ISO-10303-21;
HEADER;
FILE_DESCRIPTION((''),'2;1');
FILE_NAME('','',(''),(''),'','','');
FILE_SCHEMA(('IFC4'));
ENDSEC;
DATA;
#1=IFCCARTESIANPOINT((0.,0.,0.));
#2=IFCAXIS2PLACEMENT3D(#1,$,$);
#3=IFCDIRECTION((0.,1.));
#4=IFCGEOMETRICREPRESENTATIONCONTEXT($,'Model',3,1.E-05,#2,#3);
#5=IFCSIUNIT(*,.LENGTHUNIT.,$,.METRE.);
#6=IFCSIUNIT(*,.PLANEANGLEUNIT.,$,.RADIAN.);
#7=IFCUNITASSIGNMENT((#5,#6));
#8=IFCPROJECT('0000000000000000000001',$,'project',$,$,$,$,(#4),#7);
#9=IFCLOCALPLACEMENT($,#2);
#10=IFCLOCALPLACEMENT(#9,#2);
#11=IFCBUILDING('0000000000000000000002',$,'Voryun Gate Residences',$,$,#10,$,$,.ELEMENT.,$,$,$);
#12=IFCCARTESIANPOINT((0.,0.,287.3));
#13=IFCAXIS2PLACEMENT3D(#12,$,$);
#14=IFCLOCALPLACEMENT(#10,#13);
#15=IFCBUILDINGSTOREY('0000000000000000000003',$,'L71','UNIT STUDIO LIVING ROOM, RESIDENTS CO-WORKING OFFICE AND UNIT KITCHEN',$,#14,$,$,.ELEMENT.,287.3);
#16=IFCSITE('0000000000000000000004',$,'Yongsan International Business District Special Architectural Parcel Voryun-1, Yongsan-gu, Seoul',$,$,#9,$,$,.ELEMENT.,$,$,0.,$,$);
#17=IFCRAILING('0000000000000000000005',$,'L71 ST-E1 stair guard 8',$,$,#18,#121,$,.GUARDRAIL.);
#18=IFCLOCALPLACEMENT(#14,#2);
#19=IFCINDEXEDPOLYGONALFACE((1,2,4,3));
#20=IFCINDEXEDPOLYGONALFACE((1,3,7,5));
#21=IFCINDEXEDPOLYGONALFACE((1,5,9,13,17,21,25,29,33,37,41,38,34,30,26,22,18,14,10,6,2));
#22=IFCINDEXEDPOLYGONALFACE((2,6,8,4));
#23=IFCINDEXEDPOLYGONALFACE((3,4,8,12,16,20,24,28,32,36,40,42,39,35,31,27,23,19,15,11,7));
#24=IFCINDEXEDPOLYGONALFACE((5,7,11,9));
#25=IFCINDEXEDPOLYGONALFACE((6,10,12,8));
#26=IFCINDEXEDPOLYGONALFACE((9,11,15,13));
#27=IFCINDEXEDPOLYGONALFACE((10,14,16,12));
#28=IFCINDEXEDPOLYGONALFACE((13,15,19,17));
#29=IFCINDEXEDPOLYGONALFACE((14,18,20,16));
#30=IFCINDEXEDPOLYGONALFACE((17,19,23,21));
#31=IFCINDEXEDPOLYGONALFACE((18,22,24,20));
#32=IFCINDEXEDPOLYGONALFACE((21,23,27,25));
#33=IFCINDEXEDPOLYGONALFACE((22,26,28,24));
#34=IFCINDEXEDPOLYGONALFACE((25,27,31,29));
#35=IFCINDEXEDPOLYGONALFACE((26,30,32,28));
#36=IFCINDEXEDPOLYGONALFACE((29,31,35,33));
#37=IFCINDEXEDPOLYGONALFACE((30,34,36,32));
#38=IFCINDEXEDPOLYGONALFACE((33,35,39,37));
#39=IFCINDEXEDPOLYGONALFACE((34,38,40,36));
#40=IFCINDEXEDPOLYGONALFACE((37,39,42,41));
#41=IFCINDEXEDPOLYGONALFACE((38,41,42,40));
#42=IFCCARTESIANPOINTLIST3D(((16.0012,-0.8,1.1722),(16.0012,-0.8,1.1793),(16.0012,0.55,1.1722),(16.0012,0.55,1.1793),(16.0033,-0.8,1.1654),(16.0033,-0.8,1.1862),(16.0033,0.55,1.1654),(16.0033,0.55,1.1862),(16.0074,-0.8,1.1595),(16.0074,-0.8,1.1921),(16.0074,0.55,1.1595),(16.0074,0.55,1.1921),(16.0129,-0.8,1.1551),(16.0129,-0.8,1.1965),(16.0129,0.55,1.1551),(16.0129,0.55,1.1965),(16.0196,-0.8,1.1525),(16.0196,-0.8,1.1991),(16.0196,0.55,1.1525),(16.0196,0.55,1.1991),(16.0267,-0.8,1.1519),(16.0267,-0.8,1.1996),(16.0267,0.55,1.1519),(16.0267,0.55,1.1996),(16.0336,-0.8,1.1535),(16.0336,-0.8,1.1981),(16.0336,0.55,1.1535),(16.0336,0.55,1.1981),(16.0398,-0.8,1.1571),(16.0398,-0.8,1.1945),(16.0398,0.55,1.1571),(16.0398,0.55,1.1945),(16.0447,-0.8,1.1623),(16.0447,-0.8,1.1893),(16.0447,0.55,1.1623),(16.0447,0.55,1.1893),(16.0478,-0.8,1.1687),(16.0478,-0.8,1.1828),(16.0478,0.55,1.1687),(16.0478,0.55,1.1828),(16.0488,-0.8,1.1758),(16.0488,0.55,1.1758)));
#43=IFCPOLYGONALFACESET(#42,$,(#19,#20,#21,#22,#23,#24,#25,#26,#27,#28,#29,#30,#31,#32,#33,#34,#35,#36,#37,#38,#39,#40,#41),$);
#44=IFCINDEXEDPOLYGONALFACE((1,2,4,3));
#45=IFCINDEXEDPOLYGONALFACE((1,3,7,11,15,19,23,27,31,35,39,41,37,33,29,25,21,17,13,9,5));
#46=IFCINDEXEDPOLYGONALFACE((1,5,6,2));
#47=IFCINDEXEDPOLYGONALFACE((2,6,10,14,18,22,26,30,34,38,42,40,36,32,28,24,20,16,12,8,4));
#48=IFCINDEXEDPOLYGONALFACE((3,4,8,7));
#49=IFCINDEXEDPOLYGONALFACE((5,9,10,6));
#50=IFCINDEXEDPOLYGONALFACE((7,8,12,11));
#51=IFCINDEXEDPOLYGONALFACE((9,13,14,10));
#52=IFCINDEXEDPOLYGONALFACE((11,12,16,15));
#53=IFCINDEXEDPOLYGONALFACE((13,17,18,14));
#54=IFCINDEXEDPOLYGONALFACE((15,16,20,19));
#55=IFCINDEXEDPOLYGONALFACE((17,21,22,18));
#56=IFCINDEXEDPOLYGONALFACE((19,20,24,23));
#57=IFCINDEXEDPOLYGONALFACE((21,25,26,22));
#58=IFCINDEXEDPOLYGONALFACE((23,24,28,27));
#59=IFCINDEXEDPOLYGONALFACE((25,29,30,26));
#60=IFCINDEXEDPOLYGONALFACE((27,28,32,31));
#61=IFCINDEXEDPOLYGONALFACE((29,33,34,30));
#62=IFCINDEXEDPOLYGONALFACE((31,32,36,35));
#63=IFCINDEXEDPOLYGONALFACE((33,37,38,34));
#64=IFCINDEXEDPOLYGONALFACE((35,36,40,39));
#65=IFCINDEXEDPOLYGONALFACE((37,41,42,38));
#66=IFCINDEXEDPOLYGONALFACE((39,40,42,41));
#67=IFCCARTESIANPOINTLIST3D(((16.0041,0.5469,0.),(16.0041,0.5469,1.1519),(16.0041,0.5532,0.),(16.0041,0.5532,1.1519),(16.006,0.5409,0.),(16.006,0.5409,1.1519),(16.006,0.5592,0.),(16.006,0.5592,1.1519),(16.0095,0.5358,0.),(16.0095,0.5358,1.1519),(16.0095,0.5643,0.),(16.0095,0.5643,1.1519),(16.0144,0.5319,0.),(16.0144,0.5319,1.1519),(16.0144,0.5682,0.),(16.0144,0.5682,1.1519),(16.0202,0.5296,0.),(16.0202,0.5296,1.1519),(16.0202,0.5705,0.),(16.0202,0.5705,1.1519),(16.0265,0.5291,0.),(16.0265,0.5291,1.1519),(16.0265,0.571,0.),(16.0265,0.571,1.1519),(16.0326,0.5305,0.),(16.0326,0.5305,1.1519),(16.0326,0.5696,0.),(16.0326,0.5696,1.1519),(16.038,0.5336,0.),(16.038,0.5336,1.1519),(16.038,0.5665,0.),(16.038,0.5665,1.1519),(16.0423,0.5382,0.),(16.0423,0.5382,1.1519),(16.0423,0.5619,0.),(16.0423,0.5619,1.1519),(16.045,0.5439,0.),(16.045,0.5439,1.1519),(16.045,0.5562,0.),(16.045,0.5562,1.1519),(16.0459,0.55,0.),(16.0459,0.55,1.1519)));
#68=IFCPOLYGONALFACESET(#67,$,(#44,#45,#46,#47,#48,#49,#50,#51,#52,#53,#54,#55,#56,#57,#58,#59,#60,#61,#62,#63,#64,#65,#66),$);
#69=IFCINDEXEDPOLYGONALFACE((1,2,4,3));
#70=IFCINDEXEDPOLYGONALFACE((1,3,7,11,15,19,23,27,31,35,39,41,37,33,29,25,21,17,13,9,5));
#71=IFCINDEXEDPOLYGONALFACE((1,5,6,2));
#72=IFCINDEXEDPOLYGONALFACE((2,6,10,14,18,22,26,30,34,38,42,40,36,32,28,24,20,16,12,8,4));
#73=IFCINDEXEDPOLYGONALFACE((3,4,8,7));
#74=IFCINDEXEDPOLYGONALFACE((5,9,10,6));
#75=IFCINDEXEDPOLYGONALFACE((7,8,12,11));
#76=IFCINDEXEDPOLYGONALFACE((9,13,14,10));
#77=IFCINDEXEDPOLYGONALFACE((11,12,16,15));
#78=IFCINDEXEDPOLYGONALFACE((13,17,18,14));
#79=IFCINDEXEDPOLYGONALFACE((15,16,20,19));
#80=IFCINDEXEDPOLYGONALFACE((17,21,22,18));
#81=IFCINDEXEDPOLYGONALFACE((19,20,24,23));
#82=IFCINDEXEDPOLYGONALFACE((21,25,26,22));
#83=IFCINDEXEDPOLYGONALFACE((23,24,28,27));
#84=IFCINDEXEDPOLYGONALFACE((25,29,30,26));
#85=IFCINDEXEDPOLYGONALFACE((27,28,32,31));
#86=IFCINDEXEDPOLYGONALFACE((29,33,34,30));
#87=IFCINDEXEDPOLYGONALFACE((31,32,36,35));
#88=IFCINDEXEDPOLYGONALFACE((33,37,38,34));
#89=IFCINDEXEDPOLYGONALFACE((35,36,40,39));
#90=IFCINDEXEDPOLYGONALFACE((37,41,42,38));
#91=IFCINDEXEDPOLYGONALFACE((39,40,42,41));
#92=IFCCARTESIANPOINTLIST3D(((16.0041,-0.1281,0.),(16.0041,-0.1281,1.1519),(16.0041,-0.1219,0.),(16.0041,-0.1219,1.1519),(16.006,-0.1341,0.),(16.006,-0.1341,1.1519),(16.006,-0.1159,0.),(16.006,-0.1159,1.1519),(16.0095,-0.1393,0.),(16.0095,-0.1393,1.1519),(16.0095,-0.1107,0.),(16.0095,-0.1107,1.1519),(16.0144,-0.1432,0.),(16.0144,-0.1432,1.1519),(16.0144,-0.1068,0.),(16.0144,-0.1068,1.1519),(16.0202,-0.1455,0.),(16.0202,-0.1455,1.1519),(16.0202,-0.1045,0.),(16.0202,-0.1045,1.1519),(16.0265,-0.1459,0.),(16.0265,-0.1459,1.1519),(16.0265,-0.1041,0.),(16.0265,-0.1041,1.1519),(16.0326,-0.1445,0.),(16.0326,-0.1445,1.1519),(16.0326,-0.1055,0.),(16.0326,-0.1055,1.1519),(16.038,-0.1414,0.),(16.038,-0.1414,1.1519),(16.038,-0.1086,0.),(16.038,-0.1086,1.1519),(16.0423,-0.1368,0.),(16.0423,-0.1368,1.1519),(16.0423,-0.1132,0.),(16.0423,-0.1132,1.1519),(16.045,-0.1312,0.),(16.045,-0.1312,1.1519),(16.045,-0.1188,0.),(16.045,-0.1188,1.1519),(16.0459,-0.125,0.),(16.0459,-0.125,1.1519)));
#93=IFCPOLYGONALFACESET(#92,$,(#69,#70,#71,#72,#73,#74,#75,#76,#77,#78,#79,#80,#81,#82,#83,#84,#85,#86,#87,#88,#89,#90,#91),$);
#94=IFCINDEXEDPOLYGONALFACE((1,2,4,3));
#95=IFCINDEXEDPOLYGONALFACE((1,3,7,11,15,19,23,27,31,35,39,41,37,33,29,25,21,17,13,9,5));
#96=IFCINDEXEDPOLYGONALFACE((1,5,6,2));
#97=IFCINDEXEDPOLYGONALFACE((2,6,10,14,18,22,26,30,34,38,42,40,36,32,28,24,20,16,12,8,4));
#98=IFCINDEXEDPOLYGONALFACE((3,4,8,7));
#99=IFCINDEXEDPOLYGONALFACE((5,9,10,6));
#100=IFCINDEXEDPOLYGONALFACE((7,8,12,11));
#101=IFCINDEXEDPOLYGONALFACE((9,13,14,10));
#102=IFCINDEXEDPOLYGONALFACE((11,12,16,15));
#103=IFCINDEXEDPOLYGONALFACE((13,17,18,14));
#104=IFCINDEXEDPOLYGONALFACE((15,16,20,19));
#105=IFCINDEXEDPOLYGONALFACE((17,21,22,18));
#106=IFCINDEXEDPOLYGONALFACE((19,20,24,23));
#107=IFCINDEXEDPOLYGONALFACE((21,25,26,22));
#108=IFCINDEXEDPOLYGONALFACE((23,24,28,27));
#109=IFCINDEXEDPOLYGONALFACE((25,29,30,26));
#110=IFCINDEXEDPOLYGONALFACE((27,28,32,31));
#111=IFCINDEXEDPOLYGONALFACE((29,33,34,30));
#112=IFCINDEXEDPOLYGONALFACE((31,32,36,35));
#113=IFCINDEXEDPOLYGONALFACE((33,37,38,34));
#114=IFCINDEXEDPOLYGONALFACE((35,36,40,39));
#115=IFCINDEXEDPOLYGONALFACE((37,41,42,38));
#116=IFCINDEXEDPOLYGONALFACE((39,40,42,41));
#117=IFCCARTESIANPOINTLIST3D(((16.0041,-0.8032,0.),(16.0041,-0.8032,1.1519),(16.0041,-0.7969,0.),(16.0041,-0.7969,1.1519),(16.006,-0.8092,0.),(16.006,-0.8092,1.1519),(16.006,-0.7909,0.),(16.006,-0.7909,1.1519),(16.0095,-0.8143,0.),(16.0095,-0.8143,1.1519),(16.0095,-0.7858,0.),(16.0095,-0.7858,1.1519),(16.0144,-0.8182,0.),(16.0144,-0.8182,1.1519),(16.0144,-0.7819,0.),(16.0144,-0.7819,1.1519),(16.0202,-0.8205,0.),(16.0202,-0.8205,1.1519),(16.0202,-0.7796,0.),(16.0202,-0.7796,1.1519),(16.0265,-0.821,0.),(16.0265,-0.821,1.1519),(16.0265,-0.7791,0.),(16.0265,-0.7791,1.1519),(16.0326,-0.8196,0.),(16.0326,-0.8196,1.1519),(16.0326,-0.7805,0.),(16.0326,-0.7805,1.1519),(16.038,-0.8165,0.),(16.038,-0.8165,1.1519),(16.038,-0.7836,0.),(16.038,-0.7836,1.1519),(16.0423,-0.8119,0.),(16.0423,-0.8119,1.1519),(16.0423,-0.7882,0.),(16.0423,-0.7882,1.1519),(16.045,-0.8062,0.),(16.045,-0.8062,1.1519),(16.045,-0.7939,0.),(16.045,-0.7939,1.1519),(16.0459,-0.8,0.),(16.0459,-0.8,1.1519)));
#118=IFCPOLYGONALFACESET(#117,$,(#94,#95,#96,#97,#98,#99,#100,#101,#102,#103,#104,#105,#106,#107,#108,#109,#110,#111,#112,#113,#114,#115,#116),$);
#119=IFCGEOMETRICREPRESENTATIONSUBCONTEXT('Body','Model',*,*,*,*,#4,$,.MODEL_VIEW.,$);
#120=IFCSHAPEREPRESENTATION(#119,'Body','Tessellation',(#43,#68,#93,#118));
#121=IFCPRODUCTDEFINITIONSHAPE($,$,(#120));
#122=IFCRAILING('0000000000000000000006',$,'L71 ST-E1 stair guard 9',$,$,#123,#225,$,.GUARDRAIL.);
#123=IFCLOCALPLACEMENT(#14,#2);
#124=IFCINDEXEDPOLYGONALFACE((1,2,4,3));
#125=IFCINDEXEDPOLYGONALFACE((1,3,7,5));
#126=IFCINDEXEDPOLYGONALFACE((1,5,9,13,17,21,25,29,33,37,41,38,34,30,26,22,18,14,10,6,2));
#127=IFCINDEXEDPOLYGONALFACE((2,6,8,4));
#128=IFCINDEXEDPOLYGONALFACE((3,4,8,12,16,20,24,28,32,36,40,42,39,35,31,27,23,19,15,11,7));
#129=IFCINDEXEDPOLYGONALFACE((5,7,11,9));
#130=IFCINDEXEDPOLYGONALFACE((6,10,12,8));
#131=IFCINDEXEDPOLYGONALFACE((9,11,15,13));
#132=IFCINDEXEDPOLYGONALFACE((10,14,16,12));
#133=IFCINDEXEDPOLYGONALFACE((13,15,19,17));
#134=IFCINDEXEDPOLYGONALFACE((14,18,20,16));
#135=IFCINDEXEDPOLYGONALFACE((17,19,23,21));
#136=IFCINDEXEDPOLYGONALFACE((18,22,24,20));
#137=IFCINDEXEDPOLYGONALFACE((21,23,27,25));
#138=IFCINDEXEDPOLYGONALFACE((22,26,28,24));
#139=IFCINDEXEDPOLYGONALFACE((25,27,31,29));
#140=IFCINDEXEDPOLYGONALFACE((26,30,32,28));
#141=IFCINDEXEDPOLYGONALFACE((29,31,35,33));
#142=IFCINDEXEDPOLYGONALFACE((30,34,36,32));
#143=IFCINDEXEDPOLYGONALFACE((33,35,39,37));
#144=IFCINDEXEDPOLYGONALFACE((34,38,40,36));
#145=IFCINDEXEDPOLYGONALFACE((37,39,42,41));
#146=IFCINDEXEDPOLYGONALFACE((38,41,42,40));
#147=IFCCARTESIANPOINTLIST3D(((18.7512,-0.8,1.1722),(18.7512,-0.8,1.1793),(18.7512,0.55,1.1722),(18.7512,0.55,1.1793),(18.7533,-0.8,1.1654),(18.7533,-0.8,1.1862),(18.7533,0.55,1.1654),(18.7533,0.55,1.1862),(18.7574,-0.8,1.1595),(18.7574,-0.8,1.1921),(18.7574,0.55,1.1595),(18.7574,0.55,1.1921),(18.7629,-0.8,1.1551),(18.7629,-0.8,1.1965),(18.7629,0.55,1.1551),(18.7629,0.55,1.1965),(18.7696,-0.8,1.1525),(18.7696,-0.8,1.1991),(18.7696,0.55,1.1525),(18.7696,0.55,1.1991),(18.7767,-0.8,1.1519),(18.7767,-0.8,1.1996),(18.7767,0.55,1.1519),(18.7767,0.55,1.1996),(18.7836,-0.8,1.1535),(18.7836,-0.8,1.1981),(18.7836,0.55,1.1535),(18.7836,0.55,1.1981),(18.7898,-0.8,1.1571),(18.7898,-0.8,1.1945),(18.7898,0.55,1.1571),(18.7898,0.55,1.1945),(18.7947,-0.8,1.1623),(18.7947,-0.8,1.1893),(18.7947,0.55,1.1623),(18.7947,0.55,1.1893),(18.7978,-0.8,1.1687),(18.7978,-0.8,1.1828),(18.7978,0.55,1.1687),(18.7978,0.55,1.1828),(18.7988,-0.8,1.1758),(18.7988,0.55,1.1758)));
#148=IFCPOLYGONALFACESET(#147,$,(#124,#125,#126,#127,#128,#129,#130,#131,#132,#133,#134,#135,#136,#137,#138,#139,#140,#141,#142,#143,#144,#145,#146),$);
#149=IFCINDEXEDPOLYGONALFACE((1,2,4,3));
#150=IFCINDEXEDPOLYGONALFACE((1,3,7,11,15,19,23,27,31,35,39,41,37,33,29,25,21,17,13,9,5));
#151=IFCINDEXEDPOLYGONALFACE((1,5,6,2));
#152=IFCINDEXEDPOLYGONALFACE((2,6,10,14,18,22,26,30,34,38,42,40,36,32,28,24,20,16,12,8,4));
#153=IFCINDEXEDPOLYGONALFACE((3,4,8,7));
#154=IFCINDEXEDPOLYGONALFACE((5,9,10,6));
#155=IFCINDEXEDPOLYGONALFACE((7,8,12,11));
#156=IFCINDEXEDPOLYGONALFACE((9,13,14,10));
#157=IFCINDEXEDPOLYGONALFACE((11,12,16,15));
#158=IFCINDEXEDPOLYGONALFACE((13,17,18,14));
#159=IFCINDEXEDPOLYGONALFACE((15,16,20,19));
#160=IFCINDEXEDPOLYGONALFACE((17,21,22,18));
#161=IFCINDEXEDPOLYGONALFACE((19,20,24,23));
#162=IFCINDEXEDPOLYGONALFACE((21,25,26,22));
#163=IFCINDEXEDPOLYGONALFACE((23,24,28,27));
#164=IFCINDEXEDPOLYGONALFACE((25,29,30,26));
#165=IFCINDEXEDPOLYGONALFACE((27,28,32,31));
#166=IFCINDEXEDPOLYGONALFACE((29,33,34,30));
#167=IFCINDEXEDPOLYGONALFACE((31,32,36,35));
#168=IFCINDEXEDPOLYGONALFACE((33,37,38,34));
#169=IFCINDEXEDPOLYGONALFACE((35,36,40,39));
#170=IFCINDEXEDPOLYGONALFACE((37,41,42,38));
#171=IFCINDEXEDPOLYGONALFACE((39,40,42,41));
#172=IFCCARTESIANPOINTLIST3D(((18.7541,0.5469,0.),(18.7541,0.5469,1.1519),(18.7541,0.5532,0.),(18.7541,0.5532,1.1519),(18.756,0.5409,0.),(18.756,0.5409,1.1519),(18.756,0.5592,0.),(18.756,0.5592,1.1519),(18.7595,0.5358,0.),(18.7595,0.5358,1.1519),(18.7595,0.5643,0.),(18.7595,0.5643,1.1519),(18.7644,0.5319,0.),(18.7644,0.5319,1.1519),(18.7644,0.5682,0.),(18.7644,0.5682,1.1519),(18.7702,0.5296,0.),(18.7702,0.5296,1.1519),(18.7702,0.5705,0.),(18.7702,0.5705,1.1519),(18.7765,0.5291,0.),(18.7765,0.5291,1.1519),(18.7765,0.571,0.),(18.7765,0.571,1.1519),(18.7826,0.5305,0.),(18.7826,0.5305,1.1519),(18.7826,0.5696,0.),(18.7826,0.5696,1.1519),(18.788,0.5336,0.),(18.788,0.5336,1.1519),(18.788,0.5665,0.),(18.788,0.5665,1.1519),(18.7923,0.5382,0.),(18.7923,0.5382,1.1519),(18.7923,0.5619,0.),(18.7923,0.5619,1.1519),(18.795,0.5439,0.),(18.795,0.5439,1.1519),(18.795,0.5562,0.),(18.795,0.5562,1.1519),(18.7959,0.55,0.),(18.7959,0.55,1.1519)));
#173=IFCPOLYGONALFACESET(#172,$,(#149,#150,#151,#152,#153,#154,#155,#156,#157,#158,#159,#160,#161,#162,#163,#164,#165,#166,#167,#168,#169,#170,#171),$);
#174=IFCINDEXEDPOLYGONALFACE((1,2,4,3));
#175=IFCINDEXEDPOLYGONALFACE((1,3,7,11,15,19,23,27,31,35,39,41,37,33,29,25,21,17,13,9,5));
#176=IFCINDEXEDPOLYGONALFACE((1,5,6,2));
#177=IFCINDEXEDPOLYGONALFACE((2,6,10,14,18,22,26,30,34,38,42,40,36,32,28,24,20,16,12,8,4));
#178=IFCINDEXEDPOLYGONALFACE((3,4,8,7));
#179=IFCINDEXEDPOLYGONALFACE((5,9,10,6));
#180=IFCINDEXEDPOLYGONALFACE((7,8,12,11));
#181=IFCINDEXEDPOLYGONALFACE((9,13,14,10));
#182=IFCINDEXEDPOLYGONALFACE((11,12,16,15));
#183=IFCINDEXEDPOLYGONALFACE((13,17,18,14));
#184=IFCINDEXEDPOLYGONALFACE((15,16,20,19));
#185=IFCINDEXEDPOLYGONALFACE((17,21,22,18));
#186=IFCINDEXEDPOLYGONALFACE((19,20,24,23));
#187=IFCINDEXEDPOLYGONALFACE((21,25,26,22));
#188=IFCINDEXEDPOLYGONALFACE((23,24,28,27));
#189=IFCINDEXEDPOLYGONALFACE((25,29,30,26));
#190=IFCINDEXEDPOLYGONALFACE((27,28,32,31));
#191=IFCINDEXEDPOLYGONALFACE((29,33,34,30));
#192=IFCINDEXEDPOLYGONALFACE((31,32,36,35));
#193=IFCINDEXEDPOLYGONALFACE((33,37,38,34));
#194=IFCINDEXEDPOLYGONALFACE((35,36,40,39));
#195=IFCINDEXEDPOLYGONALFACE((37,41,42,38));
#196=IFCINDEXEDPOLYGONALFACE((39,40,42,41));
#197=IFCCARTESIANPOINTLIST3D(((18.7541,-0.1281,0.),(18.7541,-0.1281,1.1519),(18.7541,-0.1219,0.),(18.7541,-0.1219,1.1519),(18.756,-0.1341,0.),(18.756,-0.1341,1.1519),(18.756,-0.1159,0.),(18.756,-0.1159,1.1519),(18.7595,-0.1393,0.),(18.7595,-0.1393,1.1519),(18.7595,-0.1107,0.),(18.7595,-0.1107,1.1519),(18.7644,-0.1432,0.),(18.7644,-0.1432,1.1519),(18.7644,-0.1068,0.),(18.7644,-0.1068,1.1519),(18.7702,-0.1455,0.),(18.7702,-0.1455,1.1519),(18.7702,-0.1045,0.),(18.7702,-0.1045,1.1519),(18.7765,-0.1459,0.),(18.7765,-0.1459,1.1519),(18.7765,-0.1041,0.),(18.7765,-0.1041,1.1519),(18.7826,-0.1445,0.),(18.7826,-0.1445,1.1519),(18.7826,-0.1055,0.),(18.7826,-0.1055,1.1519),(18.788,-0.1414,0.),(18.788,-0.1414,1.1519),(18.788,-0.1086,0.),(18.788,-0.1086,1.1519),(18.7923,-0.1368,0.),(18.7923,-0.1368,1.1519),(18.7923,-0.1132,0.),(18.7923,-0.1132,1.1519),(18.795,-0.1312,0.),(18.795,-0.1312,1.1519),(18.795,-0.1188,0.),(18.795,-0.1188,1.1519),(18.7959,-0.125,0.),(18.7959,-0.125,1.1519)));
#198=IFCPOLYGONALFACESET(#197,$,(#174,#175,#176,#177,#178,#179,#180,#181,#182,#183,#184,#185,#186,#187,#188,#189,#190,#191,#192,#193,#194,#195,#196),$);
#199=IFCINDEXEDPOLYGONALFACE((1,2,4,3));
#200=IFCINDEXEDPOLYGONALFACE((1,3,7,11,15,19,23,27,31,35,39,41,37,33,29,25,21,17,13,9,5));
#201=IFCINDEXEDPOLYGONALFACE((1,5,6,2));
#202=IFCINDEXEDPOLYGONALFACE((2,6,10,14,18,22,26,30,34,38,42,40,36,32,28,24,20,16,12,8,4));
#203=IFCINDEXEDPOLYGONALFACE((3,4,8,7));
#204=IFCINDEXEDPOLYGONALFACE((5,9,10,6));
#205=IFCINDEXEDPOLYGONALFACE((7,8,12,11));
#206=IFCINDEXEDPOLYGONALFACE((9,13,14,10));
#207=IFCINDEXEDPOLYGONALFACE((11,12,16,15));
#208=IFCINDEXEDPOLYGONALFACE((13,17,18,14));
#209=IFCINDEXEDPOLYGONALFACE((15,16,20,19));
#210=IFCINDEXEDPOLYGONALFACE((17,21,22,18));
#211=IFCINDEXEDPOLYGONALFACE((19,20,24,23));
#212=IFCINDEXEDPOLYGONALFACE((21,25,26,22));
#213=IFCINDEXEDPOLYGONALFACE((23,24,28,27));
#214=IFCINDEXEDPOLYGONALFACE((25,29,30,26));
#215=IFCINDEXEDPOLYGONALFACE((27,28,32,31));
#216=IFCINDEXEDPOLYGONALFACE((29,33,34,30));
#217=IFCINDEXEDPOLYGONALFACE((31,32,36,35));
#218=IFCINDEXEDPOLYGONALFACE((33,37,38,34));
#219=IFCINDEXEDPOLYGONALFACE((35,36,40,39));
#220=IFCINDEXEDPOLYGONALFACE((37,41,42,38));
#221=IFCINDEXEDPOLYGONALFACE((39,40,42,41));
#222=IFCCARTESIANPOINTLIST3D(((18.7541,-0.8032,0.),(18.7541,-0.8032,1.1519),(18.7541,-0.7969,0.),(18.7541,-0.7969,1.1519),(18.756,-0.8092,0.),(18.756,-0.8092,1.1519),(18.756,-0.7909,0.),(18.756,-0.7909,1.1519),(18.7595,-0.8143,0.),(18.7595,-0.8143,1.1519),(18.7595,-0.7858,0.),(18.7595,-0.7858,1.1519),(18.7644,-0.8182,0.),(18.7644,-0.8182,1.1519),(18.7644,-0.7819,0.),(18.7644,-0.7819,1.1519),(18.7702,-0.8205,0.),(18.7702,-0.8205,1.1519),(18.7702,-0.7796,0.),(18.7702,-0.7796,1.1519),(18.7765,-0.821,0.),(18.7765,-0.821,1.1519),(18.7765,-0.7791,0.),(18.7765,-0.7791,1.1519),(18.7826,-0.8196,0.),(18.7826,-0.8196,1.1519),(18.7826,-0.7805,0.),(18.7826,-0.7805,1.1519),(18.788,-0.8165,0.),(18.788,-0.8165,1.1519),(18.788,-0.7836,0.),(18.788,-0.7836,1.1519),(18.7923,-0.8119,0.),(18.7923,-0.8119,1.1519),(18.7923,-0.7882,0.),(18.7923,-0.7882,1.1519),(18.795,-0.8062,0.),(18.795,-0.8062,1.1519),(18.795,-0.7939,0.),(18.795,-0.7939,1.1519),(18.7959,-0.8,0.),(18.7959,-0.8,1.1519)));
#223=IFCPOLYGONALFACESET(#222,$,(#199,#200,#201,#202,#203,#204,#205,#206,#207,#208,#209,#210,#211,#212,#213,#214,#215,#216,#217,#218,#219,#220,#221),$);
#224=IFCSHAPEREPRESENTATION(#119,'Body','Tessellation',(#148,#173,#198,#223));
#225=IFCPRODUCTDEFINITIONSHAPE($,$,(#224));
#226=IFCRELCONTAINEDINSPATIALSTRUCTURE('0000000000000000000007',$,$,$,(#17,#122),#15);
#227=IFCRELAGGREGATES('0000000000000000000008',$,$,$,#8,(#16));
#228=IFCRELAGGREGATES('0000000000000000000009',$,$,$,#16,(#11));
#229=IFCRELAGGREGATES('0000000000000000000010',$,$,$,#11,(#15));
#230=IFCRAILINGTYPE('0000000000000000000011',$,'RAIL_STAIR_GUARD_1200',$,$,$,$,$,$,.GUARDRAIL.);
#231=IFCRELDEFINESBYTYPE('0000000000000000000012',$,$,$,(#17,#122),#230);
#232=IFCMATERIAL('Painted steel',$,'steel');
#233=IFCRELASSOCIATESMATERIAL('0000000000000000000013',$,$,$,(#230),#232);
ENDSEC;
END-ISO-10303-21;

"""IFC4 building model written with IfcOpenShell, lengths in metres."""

from ifc_helpers import new_model, si_unit, direction, frame, origin, origin_2d, place, context, subcontext, project, spatial, circle, extrude, material, type_object, element, save


model = new_model("IFC4")

# Units and contexts
model_context = context("Model", 3, precision=1e-05, world=origin(), true_north=direction((0.0, 1.0)))
body_context = subcontext(model_context, "Body", "Model", "MODEL_VIEW")
ifc_project = project(units=[si_unit("LENGTHUNIT", "METRE"), si_unit("PLANEANGLEUNIT", "RADIAN")], contexts=[model_context])

# Site, building, storey
site_placement = place(None, origin())
site = spatial("IfcSite", under=ifc_project, at=site_placement, Name="Yongsan International Business District Special Architectural Parcel Voryun-1, Yongsan-gu, Seoul", CompositionType="ELEMENT", RefElevation=0.0)
building_placement = place(site_placement, origin())
building = spatial("IfcBuilding", under=site, at=building_placement, Name="Voryun Gate Residences", CompositionType="ELEMENT")
storey_placement = place(building_placement, frame((0.0, 0.0, 287.3)))
storey = spatial("IfcBuildingStorey", under=building, at=storey_placement, Name="L71", Description="UNIT STUDIO LIVING ROOM, RESIDENTS CO-WORKING OFFICE AND UNIT KITCHEN", CompositionType="ELEMENT", Elevation=287.3)

# Railings
ifc_material_1 = material(Name="Painted steel", Category="steel")
railing_type = type_object("IfcRailingType", Name="RAIL_STAIR_GUARD_1200", PredefinedType="GUARDRAIL", material=ifc_material_1)
for number, where, name in (
    (1, (16.0249, 0.55, 0.0), "L71 ST-E1 stair guard 8"),
    (2, (18.7749, 0.55, 0.0), "L71 ST-E1 stair guard 9"),
):
    element("IfcRailing", number, at=place(storey_placement, frame(where)), inside=storey, type_object=railing_type, Name=name, PredefinedType="GUARDRAIL", context=body_context, shape_type="SweptSolid", body=[
        extrude(circle(Radius=0.0239, at=origin_2d()), frame((0.0, 0.0, 1.1758), z_axis=(0.0, -1.0, 0.0), x_axis=(1.0, 0.0, 0.0)), (0.0, 0.0, 1.0), 1.3501),
        extrude(circle(Radius=0.021, at=origin_2d()), origin(), (0.0, 0.0, 1.0), 1.1519),
        extrude(circle(Radius=0.021, at=origin_2d()), frame((0.0, -0.675, 0.0)), (0.0, 0.0, 1.0), 1.1519),
        extrude(circle(Radius=0.021, at=origin_2d()), frame((0.0, -1.3501, 0.0)), (0.0, 0.0, 1.0), 1.1519),
    ])

save(model, "model.ifc")
